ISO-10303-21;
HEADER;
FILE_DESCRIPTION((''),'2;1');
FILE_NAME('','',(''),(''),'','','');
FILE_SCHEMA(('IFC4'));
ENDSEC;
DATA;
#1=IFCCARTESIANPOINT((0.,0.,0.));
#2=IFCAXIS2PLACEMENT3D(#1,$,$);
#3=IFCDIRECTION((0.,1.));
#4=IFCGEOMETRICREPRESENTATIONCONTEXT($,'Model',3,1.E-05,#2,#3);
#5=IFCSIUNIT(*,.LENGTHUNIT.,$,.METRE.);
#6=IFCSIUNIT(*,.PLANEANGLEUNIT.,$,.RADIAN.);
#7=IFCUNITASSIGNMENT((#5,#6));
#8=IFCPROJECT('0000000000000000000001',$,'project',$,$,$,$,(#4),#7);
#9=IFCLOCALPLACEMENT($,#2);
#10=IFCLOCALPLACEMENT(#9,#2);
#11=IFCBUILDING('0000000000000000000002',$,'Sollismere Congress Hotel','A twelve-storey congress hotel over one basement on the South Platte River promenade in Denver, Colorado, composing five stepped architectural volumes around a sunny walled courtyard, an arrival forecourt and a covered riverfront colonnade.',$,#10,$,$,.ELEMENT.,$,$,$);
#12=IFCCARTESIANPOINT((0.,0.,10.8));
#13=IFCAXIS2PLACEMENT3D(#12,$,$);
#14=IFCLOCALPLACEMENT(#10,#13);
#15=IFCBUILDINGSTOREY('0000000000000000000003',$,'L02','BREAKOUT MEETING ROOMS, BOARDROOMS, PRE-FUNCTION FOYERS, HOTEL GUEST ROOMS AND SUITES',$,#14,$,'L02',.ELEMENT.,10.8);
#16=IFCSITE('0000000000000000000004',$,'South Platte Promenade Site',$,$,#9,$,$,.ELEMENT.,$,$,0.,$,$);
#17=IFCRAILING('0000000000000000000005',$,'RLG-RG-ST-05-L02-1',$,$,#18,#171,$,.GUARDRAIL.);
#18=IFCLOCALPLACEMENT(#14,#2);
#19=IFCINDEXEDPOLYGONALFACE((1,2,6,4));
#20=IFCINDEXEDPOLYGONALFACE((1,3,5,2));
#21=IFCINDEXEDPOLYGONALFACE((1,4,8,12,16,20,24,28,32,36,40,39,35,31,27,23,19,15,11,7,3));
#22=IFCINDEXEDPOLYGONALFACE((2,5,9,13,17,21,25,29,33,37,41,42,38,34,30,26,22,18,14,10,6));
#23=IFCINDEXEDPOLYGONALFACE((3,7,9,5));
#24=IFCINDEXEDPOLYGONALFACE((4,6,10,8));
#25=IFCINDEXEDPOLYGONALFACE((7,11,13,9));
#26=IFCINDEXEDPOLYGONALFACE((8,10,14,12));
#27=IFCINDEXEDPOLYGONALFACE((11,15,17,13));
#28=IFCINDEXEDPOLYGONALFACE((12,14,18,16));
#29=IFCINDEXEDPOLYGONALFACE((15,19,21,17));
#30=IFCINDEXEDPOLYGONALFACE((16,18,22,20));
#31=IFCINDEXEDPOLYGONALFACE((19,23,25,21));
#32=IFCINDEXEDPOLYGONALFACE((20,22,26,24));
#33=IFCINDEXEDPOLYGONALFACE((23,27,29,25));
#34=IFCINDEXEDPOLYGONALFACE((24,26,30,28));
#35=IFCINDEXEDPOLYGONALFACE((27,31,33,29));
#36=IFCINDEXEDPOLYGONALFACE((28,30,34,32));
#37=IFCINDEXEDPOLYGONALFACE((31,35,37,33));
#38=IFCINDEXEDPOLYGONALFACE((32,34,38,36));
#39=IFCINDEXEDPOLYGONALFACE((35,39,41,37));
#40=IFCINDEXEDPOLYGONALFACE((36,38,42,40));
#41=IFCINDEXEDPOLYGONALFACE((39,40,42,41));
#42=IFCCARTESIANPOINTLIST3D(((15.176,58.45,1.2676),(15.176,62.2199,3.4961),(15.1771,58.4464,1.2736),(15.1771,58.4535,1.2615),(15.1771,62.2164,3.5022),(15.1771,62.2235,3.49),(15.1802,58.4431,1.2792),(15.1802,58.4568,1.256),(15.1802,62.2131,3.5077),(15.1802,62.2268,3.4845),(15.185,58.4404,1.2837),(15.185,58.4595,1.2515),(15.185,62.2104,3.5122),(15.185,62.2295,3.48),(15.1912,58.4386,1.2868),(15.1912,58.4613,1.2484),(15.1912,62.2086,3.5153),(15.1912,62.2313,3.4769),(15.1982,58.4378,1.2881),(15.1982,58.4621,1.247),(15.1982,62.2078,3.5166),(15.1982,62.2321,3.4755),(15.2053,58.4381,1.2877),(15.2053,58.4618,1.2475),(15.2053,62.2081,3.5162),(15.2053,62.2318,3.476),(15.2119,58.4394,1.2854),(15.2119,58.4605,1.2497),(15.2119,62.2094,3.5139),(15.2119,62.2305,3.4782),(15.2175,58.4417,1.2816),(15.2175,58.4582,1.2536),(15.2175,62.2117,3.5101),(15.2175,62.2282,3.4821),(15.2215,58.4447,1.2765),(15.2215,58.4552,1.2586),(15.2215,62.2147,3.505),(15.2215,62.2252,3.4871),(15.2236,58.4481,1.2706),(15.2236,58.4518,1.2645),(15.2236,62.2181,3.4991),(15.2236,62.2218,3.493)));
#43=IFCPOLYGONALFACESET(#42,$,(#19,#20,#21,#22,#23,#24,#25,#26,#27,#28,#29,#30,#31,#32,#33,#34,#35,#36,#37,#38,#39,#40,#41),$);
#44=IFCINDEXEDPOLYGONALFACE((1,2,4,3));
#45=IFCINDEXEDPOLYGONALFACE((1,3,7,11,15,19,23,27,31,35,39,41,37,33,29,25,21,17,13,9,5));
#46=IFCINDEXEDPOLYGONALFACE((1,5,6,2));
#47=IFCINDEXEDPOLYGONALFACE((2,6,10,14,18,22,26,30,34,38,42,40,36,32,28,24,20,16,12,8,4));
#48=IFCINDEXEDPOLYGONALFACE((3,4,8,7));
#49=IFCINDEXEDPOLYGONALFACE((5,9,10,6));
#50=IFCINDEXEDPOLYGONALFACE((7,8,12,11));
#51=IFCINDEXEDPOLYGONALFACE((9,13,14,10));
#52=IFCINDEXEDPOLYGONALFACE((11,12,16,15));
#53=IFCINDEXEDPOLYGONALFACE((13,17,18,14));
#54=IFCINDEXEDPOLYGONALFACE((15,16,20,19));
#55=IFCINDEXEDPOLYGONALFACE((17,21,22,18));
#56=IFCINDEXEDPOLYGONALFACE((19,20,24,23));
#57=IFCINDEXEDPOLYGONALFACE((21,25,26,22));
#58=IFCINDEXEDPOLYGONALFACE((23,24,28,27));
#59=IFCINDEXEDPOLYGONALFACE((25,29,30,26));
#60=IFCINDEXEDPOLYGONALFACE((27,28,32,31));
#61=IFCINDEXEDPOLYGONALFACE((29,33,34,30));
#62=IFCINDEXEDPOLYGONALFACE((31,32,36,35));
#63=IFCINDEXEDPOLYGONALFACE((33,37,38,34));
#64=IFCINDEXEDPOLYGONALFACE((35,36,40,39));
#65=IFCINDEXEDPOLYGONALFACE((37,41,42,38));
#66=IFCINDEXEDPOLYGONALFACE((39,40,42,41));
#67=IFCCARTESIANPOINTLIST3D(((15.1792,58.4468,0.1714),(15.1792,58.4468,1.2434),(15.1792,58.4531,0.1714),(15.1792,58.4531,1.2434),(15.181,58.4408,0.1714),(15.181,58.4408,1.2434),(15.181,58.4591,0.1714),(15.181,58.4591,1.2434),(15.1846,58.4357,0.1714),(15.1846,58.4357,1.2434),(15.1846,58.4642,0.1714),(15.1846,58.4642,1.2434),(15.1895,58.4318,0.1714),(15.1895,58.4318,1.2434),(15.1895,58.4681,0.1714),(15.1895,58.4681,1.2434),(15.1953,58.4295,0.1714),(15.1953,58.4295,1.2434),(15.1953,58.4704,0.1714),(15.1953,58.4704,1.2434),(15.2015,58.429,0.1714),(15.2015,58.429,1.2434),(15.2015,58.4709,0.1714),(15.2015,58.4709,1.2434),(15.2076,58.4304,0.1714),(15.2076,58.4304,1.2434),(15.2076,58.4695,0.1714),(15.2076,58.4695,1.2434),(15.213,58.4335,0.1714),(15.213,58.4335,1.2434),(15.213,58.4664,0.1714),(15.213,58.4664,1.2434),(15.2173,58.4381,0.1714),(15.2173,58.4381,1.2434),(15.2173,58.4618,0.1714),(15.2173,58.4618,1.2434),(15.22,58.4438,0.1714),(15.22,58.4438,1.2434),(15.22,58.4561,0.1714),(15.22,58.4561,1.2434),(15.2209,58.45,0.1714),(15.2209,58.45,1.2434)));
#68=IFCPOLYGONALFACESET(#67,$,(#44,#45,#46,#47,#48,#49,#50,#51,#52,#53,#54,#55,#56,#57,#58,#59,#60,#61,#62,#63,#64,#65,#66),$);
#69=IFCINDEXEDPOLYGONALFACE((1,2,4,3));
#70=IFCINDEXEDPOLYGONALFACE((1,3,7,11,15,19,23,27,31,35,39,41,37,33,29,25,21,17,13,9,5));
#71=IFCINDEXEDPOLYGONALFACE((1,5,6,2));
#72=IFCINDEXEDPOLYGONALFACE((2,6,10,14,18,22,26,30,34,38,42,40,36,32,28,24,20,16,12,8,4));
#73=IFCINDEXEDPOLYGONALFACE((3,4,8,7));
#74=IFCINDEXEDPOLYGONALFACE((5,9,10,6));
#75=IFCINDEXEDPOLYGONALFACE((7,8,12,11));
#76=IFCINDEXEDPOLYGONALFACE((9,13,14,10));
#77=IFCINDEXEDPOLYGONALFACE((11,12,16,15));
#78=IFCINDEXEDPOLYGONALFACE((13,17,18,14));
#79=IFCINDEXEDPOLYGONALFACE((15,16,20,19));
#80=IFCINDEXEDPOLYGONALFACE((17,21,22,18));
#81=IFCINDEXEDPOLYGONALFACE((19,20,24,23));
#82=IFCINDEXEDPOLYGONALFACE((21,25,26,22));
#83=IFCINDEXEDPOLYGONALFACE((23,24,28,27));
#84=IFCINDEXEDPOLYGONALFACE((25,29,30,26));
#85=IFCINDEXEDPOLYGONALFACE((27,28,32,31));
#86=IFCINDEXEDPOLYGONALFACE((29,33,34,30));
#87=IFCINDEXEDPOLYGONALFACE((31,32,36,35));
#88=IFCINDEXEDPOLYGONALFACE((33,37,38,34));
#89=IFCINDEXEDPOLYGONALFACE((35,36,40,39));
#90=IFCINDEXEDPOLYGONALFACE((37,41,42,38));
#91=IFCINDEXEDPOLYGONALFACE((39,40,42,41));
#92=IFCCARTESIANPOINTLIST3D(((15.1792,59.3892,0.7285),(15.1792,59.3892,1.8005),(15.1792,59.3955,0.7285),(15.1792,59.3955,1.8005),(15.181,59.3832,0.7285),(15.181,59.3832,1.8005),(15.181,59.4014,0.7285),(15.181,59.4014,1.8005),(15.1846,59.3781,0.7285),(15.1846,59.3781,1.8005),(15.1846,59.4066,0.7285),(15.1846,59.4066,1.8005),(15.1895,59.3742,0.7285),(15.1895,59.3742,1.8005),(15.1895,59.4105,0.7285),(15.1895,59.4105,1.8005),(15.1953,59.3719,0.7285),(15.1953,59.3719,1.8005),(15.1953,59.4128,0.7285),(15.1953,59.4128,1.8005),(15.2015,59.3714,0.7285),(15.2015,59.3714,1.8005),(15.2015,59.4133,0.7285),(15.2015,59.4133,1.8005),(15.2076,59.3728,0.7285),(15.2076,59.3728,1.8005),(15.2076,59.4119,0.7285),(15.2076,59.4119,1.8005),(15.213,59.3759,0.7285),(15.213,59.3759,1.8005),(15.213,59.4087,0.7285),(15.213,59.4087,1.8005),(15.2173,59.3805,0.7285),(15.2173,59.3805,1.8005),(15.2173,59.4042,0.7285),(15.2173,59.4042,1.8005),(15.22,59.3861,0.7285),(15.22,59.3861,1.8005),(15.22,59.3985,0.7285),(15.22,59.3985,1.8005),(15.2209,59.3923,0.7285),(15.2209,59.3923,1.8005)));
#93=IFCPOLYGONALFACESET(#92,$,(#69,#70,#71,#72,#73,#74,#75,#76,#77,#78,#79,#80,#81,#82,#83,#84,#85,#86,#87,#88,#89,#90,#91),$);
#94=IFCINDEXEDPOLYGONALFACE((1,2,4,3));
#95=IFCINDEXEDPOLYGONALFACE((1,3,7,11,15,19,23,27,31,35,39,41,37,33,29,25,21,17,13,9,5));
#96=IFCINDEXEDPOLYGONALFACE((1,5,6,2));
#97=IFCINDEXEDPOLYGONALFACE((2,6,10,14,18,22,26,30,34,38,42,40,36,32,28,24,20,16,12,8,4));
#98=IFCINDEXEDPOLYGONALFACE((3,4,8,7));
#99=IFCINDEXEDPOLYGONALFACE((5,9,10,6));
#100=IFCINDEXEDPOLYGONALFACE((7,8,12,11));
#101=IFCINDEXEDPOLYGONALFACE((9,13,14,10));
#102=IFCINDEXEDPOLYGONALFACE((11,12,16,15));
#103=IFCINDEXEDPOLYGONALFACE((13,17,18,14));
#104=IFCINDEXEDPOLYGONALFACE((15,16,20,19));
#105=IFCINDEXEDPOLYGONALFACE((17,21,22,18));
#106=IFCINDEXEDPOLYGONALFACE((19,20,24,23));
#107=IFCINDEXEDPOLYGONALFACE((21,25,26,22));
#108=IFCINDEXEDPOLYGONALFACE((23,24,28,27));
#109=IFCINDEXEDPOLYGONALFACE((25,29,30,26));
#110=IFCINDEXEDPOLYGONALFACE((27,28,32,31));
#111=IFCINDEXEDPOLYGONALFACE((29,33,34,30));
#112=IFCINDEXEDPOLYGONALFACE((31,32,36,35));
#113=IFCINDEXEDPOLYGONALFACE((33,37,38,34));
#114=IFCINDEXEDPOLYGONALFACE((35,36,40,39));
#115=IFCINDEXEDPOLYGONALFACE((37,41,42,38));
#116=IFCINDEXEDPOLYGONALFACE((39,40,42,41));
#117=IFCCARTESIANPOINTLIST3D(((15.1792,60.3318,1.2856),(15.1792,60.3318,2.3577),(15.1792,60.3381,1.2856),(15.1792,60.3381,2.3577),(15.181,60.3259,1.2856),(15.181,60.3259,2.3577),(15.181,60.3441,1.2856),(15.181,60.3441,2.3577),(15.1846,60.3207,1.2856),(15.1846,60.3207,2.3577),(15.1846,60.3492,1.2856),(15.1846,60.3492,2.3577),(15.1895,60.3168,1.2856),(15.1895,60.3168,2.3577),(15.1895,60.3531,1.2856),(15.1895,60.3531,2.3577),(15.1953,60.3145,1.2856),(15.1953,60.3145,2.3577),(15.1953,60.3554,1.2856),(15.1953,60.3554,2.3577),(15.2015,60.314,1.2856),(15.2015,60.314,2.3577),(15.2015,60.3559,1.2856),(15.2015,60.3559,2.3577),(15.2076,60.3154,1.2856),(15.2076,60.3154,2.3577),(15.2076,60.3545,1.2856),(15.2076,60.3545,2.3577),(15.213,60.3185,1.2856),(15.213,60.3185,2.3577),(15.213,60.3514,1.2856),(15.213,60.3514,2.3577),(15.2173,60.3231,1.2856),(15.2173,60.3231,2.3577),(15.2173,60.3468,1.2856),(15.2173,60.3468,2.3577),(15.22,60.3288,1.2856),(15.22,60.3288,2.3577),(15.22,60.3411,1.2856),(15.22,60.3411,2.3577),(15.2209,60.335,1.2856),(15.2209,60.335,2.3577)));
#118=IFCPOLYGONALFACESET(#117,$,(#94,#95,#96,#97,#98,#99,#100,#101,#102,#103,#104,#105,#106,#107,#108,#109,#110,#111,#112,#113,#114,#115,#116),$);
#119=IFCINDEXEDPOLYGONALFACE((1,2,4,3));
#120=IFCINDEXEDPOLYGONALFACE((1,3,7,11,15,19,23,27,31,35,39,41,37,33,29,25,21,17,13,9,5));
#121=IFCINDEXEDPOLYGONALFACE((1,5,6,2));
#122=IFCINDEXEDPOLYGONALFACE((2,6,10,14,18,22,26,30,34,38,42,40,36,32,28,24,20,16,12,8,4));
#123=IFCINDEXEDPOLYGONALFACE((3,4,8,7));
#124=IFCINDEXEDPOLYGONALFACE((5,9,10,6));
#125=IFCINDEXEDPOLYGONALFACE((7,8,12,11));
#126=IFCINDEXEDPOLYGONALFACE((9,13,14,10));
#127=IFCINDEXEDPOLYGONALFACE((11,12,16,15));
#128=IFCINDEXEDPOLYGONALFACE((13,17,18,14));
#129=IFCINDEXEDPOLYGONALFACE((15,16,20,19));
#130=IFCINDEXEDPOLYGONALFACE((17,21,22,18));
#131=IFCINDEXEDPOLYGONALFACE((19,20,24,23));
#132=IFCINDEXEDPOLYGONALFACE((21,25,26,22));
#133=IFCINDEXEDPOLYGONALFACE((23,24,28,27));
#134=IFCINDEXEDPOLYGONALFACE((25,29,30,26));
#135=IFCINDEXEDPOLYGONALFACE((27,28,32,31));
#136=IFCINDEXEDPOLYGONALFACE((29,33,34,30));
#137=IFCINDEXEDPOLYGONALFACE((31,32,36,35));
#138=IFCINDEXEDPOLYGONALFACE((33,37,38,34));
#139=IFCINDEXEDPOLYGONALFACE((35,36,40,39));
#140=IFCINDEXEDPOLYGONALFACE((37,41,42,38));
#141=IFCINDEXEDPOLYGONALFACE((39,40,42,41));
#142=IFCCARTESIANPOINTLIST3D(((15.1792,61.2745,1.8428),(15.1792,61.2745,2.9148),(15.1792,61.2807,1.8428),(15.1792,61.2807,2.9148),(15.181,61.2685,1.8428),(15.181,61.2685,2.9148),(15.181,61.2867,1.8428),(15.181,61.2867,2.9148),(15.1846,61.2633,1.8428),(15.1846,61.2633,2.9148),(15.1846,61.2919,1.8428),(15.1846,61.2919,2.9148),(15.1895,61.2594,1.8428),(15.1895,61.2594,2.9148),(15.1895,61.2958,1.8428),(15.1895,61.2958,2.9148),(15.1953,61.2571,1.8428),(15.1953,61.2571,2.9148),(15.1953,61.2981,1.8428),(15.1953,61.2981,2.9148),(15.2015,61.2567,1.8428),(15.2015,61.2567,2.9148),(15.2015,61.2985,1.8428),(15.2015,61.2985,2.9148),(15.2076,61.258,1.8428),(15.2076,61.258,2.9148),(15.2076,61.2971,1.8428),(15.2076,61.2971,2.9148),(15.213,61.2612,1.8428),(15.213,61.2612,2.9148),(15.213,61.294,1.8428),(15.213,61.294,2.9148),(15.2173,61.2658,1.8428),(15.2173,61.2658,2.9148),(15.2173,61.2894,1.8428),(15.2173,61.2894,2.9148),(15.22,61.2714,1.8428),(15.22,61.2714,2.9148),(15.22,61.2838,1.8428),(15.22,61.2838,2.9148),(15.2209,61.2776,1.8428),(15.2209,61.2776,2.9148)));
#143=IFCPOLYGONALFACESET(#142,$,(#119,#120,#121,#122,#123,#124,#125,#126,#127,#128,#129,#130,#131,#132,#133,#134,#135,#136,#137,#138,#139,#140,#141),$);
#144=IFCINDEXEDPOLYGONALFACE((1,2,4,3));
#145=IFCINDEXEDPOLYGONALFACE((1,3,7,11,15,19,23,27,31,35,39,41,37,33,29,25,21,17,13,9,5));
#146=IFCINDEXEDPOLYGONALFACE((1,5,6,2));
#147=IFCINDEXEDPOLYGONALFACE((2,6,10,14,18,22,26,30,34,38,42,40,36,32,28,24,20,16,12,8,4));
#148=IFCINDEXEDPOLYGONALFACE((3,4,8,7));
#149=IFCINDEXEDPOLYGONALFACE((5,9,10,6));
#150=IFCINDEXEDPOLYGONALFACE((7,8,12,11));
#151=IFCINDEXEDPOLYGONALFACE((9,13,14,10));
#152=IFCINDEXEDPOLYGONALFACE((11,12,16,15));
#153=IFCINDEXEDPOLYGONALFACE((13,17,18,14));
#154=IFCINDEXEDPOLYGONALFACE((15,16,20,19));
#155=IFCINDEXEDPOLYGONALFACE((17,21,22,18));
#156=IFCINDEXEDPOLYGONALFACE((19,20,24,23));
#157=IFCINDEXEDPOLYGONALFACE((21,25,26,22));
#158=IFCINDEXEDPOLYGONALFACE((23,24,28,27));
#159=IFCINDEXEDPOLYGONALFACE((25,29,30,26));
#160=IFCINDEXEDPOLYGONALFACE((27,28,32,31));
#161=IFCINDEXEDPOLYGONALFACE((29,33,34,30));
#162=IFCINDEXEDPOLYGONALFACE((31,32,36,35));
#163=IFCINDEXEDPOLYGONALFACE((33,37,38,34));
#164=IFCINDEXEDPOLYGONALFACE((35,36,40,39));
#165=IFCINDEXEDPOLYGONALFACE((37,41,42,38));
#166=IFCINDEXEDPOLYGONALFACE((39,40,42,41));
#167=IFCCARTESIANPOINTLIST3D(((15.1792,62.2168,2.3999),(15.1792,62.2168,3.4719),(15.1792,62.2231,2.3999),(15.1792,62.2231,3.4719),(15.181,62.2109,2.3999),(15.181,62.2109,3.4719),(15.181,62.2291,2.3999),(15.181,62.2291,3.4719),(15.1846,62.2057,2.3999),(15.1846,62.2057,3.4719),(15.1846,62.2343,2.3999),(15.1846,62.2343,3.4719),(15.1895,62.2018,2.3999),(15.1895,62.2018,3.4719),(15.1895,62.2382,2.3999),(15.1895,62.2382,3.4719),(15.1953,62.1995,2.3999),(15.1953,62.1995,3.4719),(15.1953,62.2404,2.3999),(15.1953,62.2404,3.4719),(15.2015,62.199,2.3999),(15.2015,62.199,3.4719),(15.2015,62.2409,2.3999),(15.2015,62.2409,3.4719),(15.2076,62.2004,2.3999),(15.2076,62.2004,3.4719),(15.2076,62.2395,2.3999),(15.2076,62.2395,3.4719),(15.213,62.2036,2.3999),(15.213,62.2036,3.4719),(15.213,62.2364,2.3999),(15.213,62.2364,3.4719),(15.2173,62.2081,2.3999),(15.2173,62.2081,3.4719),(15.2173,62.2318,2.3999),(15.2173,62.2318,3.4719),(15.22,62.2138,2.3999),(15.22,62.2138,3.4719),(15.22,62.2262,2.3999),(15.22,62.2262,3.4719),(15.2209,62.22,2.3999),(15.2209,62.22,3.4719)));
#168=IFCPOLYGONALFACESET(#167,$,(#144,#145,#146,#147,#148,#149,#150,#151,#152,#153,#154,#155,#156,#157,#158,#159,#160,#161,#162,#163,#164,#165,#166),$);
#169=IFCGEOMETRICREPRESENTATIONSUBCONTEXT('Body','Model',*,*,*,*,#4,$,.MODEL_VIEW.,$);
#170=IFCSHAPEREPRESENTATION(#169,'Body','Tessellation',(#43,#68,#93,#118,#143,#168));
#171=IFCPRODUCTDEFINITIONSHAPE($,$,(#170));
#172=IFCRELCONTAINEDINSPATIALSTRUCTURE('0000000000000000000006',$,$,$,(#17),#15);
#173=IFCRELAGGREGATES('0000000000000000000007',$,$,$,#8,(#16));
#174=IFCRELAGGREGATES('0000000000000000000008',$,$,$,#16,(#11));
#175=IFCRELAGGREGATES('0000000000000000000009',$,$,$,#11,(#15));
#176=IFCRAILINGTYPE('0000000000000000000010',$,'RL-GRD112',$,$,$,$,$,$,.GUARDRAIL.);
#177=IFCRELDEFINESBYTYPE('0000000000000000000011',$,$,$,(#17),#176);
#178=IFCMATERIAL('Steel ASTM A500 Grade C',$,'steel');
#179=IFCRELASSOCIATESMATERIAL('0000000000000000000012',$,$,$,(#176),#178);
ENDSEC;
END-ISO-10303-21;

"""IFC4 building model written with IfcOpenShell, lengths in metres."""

from ifc_helpers import new_model, si_unit, direction, frame, origin, origin_2d, place, context, subcontext, project, spatial, circle, extrude, material, type_object, element, save


model = new_model("IFC4")

# Units and contexts
model_context = context("Model", 3, precision=1e-05, world=origin(), true_north=direction((0.0, 1.0)))
body_context = subcontext(model_context, "Body", "Model", "MODEL_VIEW")
ifc_project = project(units=[si_unit("LENGTHUNIT", "METRE"), si_unit("PLANEANGLEUNIT", "RADIAN")], contexts=[model_context])

# Site, building, storey
site_placement = place(None, origin())
site = spatial("IfcSite", under=ifc_project, at=site_placement, Name="South Platte Promenade Site", CompositionType="ELEMENT", RefElevation=0.0)
building_placement = place(site_placement, origin())
building = spatial("IfcBuilding", under=site, at=building_placement, Name="Sollismere Congress Hotel", Description="A twelve-storey congress hotel over one basement on the South Platte River promenade in Denver, Colorado, composing five stepped architectural volumes around a sunny walled courtyard, an arrival forecourt and a covered riverfront colonnade.", CompositionType="ELEMENT")
storey_placement = place(building_placement, frame((0.0, 0.0, 10.8)))
storey = spatial("IfcBuildingStorey", under=building, at=storey_placement, Name="L02", Description="BREAKOUT MEETING ROOMS, BOARDROOMS, PRE-FUNCTION FOYERS, HOTEL GUEST ROOMS AND SUITES", LongName="L02", CompositionType="ELEMENT", Elevation=10.8)

# Railing
ifc_material_1 = material(Name="Steel ASTM A500 Grade C", Category="steel")
railing_type_1 = type_object("IfcRailingType", Name="RL-GRD112", PredefinedType="GUARDRAIL", material=ifc_material_1)
railing_1_placement = place(storey_placement, frame((15.2, 58.45, 0.1714)))
element("IfcRailing", 1, at=railing_1_placement, inside=storey, type_object=railing_type_1, Name="RLG-RG-ST-05-L02-1", PredefinedType="GUARDRAIL", context=body_context, shape_type="SweptSolid", body=[
    extrude(circle(Radius=0.0239, at=origin_2d()), frame((0.0, 0.0, 1.0962), z_axis=(0.0, 0.860849, 0.508861), x_axis=(-1.0, 0.0, 0.0)), (0.0, 0.0, 1.0), 4.3794),
    extrude(circle(Radius=0.021, at=origin_2d()), origin(), (0.0, 0.0, 1.0), 1.072),
    extrude(circle(Radius=0.021, at=origin_2d()), frame((0.0, 0.9424, 0.5571)), (0.0, 0.0, 1.0), 1.072),
    extrude(circle(Radius=0.021, at=origin_2d()), frame((0.0, 1.885, 1.1143)), (0.0, 0.0, 1.0), 1.072),
    extrude(circle(Radius=0.021, at=origin_2d()), frame((0.0, 2.8276, 1.6714)), (0.0, 0.0, 1.0), 1.072),
    extrude(circle(Radius=0.021, at=origin_2d()), frame((0.0, 3.77, 2.2285)), (0.0, 0.0, 1.0), 1.072),
])

save(model, "model.ifc")
